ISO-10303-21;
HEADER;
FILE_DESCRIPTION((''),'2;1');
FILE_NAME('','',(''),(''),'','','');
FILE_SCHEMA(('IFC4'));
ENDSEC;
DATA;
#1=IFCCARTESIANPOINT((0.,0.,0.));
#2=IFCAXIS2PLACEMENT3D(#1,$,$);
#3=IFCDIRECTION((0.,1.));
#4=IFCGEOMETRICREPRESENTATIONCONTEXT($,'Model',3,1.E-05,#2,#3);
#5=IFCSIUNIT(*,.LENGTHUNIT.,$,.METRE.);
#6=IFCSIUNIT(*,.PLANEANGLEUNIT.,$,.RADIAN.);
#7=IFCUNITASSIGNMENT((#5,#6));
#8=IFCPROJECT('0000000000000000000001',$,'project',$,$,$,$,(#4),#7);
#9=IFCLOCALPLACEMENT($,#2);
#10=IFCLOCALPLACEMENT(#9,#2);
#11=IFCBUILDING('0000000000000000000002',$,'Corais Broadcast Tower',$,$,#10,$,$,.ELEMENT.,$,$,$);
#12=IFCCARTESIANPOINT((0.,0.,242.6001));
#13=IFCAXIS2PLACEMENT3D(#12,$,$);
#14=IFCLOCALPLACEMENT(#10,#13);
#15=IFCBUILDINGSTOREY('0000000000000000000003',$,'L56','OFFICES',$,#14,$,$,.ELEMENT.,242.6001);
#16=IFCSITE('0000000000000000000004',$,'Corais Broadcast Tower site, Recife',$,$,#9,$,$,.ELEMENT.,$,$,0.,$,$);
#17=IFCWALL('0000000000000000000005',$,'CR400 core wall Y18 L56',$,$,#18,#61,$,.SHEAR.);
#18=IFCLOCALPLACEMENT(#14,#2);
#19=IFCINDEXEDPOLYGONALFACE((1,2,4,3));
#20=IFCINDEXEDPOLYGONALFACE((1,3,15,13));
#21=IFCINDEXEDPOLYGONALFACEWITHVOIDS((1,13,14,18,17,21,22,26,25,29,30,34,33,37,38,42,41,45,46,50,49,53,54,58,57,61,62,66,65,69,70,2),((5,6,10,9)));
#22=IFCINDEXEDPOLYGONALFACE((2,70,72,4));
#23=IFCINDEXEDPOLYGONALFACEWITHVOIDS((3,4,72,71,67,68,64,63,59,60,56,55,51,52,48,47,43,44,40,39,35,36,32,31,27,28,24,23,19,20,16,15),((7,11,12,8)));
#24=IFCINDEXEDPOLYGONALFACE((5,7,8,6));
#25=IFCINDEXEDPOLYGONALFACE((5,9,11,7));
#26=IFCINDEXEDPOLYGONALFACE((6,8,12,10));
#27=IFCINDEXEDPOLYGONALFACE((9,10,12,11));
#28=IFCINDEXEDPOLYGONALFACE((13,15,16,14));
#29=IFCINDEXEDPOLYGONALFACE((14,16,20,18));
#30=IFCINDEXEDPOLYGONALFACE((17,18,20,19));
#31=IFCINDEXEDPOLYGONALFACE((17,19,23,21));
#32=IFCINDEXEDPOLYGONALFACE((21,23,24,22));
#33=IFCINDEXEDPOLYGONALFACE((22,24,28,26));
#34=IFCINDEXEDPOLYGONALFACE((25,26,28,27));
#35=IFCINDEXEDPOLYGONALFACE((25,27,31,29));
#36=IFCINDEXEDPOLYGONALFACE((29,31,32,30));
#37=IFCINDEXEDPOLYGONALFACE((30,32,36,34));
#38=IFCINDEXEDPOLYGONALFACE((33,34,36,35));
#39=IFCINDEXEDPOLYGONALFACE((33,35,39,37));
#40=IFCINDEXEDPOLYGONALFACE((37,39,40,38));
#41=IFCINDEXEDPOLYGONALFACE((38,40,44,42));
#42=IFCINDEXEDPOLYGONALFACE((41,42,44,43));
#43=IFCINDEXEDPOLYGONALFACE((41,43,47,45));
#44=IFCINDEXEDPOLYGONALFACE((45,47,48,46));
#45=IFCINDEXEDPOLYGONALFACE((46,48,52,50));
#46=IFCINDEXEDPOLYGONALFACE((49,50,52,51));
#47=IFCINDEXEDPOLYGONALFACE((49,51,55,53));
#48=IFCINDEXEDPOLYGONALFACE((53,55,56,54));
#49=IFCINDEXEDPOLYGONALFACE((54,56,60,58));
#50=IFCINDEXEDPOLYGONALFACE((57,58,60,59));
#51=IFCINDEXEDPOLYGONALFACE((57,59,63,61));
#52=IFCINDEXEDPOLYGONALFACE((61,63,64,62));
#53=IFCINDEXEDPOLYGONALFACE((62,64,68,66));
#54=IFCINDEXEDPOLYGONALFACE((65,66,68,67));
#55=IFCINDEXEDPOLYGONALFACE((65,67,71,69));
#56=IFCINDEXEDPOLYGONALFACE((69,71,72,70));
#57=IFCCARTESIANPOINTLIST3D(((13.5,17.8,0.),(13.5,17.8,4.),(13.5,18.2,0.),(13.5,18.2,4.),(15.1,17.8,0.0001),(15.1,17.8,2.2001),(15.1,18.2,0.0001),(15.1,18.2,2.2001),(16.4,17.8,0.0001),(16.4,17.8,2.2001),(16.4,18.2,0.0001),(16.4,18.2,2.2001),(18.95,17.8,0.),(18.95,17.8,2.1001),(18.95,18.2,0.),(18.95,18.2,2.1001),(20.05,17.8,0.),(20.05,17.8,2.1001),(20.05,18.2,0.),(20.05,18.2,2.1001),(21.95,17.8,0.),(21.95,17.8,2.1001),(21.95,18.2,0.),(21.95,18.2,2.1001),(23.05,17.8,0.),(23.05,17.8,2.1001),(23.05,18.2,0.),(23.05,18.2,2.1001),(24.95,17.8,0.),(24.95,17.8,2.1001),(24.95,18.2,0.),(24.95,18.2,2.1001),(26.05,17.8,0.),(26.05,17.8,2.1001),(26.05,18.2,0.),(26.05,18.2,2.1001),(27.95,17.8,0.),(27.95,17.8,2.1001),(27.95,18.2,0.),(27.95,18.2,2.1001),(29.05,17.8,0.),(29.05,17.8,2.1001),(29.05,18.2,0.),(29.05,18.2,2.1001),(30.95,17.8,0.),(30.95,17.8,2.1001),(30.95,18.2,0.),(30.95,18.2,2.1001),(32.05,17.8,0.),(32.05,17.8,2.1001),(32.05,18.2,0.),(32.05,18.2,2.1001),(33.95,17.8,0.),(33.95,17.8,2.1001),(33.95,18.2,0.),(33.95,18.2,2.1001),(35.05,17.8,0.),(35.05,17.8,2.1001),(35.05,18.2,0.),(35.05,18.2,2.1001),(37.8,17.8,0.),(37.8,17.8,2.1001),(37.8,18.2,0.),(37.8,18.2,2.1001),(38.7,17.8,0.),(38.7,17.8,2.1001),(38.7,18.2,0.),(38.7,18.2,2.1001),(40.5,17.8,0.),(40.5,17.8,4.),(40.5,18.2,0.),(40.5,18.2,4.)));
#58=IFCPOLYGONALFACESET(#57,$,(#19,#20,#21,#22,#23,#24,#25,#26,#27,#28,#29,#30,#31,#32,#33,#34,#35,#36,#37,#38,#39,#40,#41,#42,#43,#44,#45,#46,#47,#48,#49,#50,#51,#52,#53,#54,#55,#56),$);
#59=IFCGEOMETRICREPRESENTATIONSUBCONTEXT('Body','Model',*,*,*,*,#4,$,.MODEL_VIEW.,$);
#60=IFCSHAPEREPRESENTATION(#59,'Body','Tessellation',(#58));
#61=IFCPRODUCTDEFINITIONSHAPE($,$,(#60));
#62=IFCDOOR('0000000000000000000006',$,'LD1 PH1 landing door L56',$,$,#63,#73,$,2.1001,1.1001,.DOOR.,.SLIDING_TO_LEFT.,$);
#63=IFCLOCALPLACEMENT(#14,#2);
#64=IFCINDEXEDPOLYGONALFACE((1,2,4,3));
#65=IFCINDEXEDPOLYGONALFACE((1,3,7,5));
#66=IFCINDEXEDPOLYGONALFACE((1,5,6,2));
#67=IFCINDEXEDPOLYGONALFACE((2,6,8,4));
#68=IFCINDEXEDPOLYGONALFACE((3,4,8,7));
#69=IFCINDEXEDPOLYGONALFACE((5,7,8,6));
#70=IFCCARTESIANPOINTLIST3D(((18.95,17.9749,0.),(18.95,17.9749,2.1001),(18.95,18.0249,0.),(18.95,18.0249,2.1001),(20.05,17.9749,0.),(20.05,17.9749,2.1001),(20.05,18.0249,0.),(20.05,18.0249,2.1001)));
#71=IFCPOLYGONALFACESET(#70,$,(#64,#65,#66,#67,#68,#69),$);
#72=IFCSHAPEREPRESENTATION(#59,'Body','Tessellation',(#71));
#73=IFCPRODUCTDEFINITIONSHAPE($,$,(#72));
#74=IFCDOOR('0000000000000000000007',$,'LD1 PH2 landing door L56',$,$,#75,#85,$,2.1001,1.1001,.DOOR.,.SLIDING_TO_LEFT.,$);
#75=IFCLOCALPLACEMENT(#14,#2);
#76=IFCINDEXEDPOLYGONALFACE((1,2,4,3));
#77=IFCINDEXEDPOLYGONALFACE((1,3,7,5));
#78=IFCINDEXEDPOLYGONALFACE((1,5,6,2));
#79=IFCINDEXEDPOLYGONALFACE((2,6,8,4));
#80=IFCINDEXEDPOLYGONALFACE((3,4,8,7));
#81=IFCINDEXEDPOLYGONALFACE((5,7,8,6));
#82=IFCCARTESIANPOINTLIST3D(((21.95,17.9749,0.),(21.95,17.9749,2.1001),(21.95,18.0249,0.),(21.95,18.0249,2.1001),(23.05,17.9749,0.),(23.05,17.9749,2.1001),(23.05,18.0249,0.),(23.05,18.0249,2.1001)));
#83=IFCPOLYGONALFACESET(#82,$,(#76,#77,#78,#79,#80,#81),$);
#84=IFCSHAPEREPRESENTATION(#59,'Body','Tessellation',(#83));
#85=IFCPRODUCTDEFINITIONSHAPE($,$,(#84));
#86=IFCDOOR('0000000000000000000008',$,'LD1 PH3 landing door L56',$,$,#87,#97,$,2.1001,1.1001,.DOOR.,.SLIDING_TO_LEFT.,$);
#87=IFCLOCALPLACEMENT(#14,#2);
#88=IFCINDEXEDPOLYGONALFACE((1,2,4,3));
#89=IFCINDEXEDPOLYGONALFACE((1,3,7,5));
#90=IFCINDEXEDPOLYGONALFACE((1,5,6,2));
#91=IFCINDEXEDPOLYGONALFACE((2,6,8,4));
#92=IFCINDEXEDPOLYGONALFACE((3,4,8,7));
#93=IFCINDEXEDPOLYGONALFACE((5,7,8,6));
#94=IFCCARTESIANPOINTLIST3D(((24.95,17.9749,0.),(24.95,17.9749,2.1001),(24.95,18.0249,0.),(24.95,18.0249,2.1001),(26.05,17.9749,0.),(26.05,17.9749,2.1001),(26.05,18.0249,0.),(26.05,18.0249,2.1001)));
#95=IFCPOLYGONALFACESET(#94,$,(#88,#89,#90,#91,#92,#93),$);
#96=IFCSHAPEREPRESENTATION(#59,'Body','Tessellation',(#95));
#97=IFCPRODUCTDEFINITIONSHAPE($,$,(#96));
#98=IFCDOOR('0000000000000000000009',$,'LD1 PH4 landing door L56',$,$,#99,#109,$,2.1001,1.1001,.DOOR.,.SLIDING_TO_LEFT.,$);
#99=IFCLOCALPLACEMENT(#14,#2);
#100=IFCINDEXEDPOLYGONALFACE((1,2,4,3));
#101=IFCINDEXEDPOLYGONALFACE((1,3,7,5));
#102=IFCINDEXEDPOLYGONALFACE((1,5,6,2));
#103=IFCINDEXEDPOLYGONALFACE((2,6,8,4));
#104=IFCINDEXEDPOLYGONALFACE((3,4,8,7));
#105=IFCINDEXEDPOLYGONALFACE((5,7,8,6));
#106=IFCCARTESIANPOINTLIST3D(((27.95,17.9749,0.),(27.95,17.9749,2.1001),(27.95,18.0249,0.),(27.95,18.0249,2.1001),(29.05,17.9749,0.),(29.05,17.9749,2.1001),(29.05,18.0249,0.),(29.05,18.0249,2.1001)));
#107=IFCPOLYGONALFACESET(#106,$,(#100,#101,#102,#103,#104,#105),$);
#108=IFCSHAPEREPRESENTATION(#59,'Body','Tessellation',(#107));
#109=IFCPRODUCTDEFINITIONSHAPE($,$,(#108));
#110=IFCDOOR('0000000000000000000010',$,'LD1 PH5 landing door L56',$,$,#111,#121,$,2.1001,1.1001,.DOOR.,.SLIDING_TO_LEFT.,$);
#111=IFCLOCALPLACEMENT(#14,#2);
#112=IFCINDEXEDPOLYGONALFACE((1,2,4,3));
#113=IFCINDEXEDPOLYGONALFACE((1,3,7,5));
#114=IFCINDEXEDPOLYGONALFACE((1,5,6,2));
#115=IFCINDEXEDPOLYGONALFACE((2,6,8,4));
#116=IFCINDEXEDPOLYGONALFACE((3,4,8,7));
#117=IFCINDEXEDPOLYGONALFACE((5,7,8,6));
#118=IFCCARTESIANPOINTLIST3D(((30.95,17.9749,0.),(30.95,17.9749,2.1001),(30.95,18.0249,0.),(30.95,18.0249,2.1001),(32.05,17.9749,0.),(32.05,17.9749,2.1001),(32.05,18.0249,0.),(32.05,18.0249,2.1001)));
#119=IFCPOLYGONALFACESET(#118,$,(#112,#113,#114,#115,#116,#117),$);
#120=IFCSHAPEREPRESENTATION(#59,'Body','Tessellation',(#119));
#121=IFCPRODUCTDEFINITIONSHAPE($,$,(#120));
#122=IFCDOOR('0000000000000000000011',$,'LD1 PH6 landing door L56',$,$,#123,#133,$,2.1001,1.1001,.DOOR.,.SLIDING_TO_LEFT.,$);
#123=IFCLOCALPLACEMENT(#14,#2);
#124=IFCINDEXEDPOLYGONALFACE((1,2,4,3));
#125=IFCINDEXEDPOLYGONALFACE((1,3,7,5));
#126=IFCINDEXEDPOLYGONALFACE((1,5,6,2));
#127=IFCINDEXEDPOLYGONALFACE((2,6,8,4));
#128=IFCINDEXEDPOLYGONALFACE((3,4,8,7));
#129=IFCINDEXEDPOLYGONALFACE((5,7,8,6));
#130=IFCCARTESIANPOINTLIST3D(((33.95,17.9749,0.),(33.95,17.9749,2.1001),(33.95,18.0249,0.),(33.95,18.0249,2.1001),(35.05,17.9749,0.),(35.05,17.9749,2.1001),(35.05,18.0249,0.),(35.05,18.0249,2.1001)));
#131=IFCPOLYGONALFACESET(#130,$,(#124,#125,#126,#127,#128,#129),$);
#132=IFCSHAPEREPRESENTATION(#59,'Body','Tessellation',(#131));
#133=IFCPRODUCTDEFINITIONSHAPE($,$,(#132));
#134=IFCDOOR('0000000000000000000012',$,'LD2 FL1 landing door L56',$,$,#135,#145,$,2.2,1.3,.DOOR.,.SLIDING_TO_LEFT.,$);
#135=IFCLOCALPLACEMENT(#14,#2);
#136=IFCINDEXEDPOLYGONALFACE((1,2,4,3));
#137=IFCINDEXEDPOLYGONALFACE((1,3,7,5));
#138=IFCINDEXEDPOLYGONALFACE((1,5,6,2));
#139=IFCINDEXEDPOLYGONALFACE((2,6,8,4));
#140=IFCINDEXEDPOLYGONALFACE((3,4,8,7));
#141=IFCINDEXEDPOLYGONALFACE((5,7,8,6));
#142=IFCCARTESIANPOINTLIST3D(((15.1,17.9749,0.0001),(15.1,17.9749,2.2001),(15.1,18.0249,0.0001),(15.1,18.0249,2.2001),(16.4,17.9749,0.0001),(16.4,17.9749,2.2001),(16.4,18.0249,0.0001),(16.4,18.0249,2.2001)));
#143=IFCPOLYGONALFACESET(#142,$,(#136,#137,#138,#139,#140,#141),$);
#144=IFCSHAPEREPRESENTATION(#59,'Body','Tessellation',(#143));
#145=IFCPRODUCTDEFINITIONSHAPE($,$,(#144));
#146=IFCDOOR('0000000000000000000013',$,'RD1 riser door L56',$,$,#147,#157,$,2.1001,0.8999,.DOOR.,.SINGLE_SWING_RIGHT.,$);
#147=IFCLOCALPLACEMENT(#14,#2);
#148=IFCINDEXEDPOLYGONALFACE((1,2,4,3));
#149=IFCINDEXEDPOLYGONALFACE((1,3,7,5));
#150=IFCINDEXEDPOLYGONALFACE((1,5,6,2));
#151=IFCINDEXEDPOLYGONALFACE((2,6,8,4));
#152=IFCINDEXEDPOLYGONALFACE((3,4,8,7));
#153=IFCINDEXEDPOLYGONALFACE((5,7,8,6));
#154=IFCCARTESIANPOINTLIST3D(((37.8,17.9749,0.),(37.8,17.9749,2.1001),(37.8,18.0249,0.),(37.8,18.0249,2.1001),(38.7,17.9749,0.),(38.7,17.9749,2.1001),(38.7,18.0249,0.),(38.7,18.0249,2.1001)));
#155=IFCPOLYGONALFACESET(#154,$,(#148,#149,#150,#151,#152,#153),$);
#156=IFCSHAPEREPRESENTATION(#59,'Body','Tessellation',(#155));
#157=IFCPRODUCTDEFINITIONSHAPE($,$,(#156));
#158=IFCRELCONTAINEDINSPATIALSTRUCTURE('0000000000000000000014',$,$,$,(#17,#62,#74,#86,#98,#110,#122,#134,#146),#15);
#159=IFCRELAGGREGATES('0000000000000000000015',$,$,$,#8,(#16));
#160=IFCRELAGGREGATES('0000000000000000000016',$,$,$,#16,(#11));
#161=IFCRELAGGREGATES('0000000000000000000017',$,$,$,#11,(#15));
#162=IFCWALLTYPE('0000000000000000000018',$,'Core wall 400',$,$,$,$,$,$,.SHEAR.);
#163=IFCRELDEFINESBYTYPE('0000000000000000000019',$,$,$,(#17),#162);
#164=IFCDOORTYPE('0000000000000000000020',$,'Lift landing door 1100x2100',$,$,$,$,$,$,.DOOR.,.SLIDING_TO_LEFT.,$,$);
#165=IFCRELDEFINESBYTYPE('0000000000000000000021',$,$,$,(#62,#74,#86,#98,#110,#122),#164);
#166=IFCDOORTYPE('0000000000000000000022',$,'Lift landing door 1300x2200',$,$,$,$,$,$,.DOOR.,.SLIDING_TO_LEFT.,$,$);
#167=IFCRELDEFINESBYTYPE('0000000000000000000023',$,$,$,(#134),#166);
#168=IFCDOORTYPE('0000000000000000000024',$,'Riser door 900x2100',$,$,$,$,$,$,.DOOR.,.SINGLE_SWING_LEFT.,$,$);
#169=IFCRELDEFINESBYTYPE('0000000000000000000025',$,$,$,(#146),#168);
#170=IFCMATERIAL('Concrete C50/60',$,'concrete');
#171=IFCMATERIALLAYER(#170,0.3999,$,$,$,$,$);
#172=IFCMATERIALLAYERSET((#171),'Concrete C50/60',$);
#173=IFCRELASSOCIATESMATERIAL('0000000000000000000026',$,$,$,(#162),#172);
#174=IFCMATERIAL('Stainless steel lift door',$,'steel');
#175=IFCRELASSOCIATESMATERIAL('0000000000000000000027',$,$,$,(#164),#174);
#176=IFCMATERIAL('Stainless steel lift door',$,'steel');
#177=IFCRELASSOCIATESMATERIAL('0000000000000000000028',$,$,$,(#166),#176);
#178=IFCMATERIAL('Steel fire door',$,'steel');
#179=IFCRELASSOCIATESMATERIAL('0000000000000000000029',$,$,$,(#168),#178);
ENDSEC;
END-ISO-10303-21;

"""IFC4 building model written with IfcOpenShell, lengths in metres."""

from ifc_helpers import new_model, si_unit, direction, frame, frame_2d, origin, place, context, subcontext, project, spatial, rectangle, extrude, material, layer, layer_set, type_object, element, fill, save


model = new_model("IFC4")

# Units and contexts
model_context = context("Model", 3, precision=1e-05, world=origin(), true_north=direction((0.0, 1.0)))
body_context = subcontext(model_context, "Body", "Model", "MODEL_VIEW")
ifc_project = project(units=[si_unit("LENGTHUNIT", "METRE"), si_unit("PLANEANGLEUNIT", "RADIAN")], contexts=[model_context])

# Site, building, storey
site_placement = place(None, origin())
site = spatial("IfcSite", under=ifc_project, at=site_placement, Name="Corais Broadcast Tower site, Recife", CompositionType="ELEMENT", RefElevation=0.0)
building_placement = place(site_placement, origin())
building = spatial("IfcBuilding", under=site, at=building_placement, Name="Corais Broadcast Tower", CompositionType="ELEMENT")
storey_placement = place(building_placement, frame((0.0, 0.0, 242.6001)))
storey = spatial("IfcBuildingStorey", under=building, at=storey_placement, Name="L56", Description="OFFICES", CompositionType="ELEMENT", Elevation=242.6001)

# Shared definitions
ifc_material_1 = material(Name="Concrete C50/60", Category="concrete")
ifc_layer_1 = layer(ifc_material_1, 0.3999)
ifc_layer_set_1 = layer_set([ifc_layer_1], Name="Concrete C50/60")
wall_type_1 = type_object("IfcWallType", Name="Core wall 400", PredefinedType="SHEAR", material=ifc_layer_set_1)

# Wall, openings, doors
wall_1_placement = place(storey_placement, frame((13.5, 18.0, 0.0), z_axis=(0.0, 0.0, 1.0), x_axis=(1.0, 0.0, 0.0)))
wall_1 = element("IfcWall", 1, at=wall_1_placement, inside=storey, type_object=wall_type_1, Name="CR400 core wall Y18 L56", PredefinedType="SHEAR", context=body_context, shape_type="SweptSolid", body=[
    extrude(rectangle(XDim=27.0, YDim=0.3999, at=frame_2d((13.5, 0.0))), origin(), (0.0, 0.0, 1.0), 4.0),
])
opening_1_placement = place(wall_1_placement, frame((24.3, 0.0, 0.0)))
opening_1 = element("IfcOpeningElement", 2, at=opening_1_placement, cuts=wall_1, PredefinedType="OPENING", context=body_context, shape_type="SweptSolid", body=[
    extrude(rectangle(XDim=0.8999, YDim=2.1001, at=frame_2d((0.45, 1.05))), frame((0.0, 0.21, 0.0), z_axis=(0.0, -1.0, 0.0), x_axis=(1.0, 0.0, 0.0)), (0.0, 0.0, 1.0), 0.4199),
])
opening_2_placement = place(wall_1_placement, frame((5.45, 0.0, 0.0)))
opening_2 = element("IfcOpeningElement", 3, at=opening_2_placement, cuts=wall_1, PredefinedType="OPENING", context=body_context, shape_type="SweptSolid", body=[
    extrude(rectangle(XDim=1.1001, YDim=2.1001, at=frame_2d((0.55, 1.05))), frame((0.0, 0.21, 0.0), z_axis=(0.0, -1.0, 0.0), x_axis=(1.0, 0.0, 0.0)), (0.0, 0.0, 1.0), 0.4199),
])
opening_3_placement = place(wall_1_placement, frame((8.45, 0.0, 0.0)))
opening_3 = element("IfcOpeningElement", 4, at=opening_3_placement, cuts=wall_1, PredefinedType="OPENING", context=body_context, shape_type="SweptSolid", body=[
    extrude(rectangle(XDim=1.1001, YDim=2.1001, at=frame_2d((0.55, 1.05))), frame((0.0, 0.21, 0.0), z_axis=(0.0, -1.0, 0.0), x_axis=(1.0, 0.0, 0.0)), (0.0, 0.0, 1.0), 0.4199),
])
opening_4_placement = place(wall_1_placement, frame((11.45, 0.0, 0.0)))
opening_4 = element("IfcOpeningElement", 5, at=opening_4_placement, cuts=wall_1, PredefinedType="OPENING", context=body_context, shape_type="SweptSolid", body=[
    extrude(rectangle(XDim=1.1001, YDim=2.1001, at=frame_2d((0.55, 1.05))), frame((0.0, 0.21, 0.0), z_axis=(0.0, -1.0, 0.0), x_axis=(1.0, 0.0, 0.0)), (0.0, 0.0, 1.0), 0.4199),
])
opening_5_placement = place(wall_1_placement, frame((14.45, 0.0, 0.0)))
opening_5 = element("IfcOpeningElement", 6, at=opening_5_placement, cuts=wall_1, PredefinedType="OPENING", context=body_context, shape_type="SweptSolid", body=[
    extrude(rectangle(XDim=1.1001, YDim=2.1001, at=frame_2d((0.55, 1.05))), frame((0.0, 0.21, 0.0), z_axis=(0.0, -1.0, 0.0), x_axis=(1.0, 0.0, 0.0)), (0.0, 0.0, 1.0), 0.4199),
])
opening_6_placement = place(wall_1_placement, frame((17.45, 0.0, 0.0)))
opening_6 = element("IfcOpeningElement", 7, at=opening_6_placement, cuts=wall_1, PredefinedType="OPENING", context=body_context, shape_type="SweptSolid", body=[
    extrude(rectangle(XDim=1.1001, YDim=2.1001, at=frame_2d((0.55, 1.05))), frame((0.0, 0.21, 0.0), z_axis=(0.0, -1.0, 0.0), x_axis=(1.0, 0.0, 0.0)), (0.0, 0.0, 1.0), 0.4199),
])
opening_7_placement = place(wall_1_placement, frame((20.45, 0.0, 0.0)))
opening_7 = element("IfcOpeningElement", 8, at=opening_7_placement, cuts=wall_1, PredefinedType="OPENING", context=body_context, shape_type="SweptSolid", body=[
    extrude(rectangle(XDim=1.1001, YDim=2.1001, at=frame_2d((0.55, 1.05))), frame((0.0, 0.21, 0.0), z_axis=(0.0, -1.0, 0.0), x_axis=(1.0, 0.0, 0.0)), (0.0, 0.0, 1.0), 0.4199),
])
opening_8_placement = place(wall_1_placement, frame((1.6001, 0.0, 0.0)))
opening_8 = element("IfcOpeningElement", 9, at=opening_8_placement, cuts=wall_1, PredefinedType="OPENING", context=body_context, shape_type="SweptSolid", body=[
    extrude(rectangle(XDim=1.3, YDim=2.2, at=frame_2d((0.6499, 1.1001))), frame((0.0, 0.21, 0.0), z_axis=(0.0, -1.0, 0.0), x_axis=(1.0, 0.0, 0.0)), (0.0, 0.0, 1.0), 0.4199),
])
ifc_material_2 = material(Name="Stainless steel lift door", Category="steel")
door_type_1 = type_object("IfcDoorType", Name="Lift landing door 1100x2100", OperationType="SLIDING_TO_LEFT", PredefinedType="DOOR", material=ifc_material_2)
door_1_placement = place(opening_2_placement, origin())
door_1 = element("IfcDoor", 10, at=door_1_placement, inside=storey, type_object=door_type_1, Name="LD1 PH1 landing door L56", OperationType="SLIDING_TO_LEFT", OverallHeight=2.1001, OverallWidth=1.1001, PredefinedType="DOOR", context=body_context, shape_type="SweptSolid", body=[
    extrude(rectangle(XDim=1.1001, YDim=2.1001, at=frame_2d((0.55, 1.05))), frame((0.0, 0.0249, 0.0), z_axis=(0.0, -1.0, 0.0), x_axis=(1.0, 0.0, 0.0)), (0.0, 0.0, 1.0), 0.05),
])
fill(opening_2, door_1)
door_2_placement = place(opening_3_placement, origin())
door_2 = element("IfcDoor", 11, at=door_2_placement, inside=storey, type_object=door_type_1, Name="LD1 PH2 landing door L56", OperationType="SLIDING_TO_LEFT", OverallHeight=2.1001, OverallWidth=1.1001, PredefinedType="DOOR", context=body_context, shape_type="SweptSolid", body=[
    extrude(rectangle(XDim=1.1001, YDim=2.1001, at=frame_2d((0.55, 1.05))), frame((0.0, 0.0249, 0.0), z_axis=(0.0, -1.0, 0.0), x_axis=(1.0, 0.0, 0.0)), (0.0, 0.0, 1.0), 0.05),
])
fill(opening_3, door_2)
door_3_placement = place(opening_4_placement, origin())
door_3 = element("IfcDoor", 12, at=door_3_placement, inside=storey, type_object=door_type_1, Name="LD1 PH3 landing door L56", OperationType="SLIDING_TO_LEFT", OverallHeight=2.1001, OverallWidth=1.1001, PredefinedType="DOOR", context=body_context, shape_type="SweptSolid", body=[
    extrude(rectangle(XDim=1.1001, YDim=2.1001, at=frame_2d((0.55, 1.05))), frame((0.0, 0.0249, 0.0), z_axis=(0.0, -1.0, 0.0), x_axis=(1.0, 0.0, 0.0)), (0.0, 0.0, 1.0), 0.05),
])
fill(opening_4, door_3)
door_4_placement = place(opening_5_placement, origin())
door_4 = element("IfcDoor", 13, at=door_4_placement, inside=storey, type_object=door_type_1, Name="LD1 PH4 landing door L56", OperationType="SLIDING_TO_LEFT", OverallHeight=2.1001, OverallWidth=1.1001, PredefinedType="DOOR", context=body_context, shape_type="SweptSolid", body=[
    extrude(rectangle(XDim=1.1001, YDim=2.1001, at=frame_2d((0.55, 1.05))), frame((0.0, 0.0249, 0.0), z_axis=(0.0, -1.0, 0.0), x_axis=(1.0, 0.0, 0.0)), (0.0, 0.0, 1.0), 0.05),
])
fill(opening_5, door_4)
door_5_placement = place(opening_6_placement, origin())
door_5 = element("IfcDoor", 14, at=door_5_placement, inside=storey, type_object=door_type_1, Name="LD1 PH5 landing door L56", OperationType="SLIDING_TO_LEFT", OverallHeight=2.1001, OverallWidth=1.1001, PredefinedType="DOOR", context=body_context, shape_type="SweptSolid", body=[
    extrude(rectangle(XDim=1.1001, YDim=2.1001, at=frame_2d((0.55, 1.05))), frame((0.0, 0.0249, 0.0), z_axis=(0.0, -1.0, 0.0), x_axis=(1.0, 0.0, 0.0)), (0.0, 0.0, 1.0), 0.05),
])
fill(opening_6, door_5)
door_6_placement = place(opening_7_placement, origin())
door_6 = element("IfcDoor", 15, at=door_6_placement, inside=storey, type_object=door_type_1, Name="LD1 PH6 landing door L56", OperationType="SLIDING_TO_LEFT", OverallHeight=2.1001, OverallWidth=1.1001, PredefinedType="DOOR", context=body_context, shape_type="SweptSolid", body=[
    extrude(rectangle(XDim=1.1001, YDim=2.1001, at=frame_2d((0.55, 1.05))), frame((0.0, 0.0249, 0.0), z_axis=(0.0, -1.0, 0.0), x_axis=(1.0, 0.0, 0.0)), (0.0, 0.0, 1.0), 0.05),
])
fill(opening_7, door_6)
ifc_material_3 = material(Name="Stainless steel lift door", Category="steel")
door_type_2 = type_object("IfcDoorType", Name="Lift landing door 1300x2200", OperationType="SLIDING_TO_LEFT", PredefinedType="DOOR", material=ifc_material_3)
door_7_placement = place(opening_8_placement, origin())
door_7 = element("IfcDoor", 16, at=door_7_placement, inside=storey, type_object=door_type_2, Name="LD2 FL1 landing door L56", OperationType="SLIDING_TO_LEFT", OverallHeight=2.2, OverallWidth=1.3, PredefinedType="DOOR", context=body_context, shape_type="SweptSolid", body=[
    extrude(rectangle(XDim=1.3, YDim=2.2, at=frame_2d((0.6499, 1.1001))), frame((0.0, 0.0249, 0.0), z_axis=(0.0, -1.0, 0.0), x_axis=(1.0, 0.0, 0.0)), (0.0, 0.0, 1.0), 0.05),
])
fill(opening_8, door_7)
ifc_material_4 = material(Name="Steel fire door", Category="steel")
door_type_3 = type_object("IfcDoorType", Name="Riser door 900x2100", OperationType="SINGLE_SWING_LEFT", PredefinedType="DOOR", material=ifc_material_4)
door_8_placement = place(opening_1_placement, origin())
door_8 = element("IfcDoor", 17, at=door_8_placement, inside=storey, type_object=door_type_3, Name="RD1 riser door L56", OperationType="SINGLE_SWING_RIGHT", OverallHeight=2.1001, OverallWidth=0.8999, PredefinedType="DOOR", context=body_context, shape_type="SweptSolid", body=[
    extrude(rectangle(XDim=0.8999, YDim=2.1001, at=frame_2d((0.45, 1.05))), frame((0.0, 0.0249, 0.0), z_axis=(0.0, -1.0, 0.0), x_axis=(1.0, 0.0, 0.0)), (0.0, 0.0, 1.0), 0.05),
])
fill(opening_1, door_8)

save(model, "model.ifc")
